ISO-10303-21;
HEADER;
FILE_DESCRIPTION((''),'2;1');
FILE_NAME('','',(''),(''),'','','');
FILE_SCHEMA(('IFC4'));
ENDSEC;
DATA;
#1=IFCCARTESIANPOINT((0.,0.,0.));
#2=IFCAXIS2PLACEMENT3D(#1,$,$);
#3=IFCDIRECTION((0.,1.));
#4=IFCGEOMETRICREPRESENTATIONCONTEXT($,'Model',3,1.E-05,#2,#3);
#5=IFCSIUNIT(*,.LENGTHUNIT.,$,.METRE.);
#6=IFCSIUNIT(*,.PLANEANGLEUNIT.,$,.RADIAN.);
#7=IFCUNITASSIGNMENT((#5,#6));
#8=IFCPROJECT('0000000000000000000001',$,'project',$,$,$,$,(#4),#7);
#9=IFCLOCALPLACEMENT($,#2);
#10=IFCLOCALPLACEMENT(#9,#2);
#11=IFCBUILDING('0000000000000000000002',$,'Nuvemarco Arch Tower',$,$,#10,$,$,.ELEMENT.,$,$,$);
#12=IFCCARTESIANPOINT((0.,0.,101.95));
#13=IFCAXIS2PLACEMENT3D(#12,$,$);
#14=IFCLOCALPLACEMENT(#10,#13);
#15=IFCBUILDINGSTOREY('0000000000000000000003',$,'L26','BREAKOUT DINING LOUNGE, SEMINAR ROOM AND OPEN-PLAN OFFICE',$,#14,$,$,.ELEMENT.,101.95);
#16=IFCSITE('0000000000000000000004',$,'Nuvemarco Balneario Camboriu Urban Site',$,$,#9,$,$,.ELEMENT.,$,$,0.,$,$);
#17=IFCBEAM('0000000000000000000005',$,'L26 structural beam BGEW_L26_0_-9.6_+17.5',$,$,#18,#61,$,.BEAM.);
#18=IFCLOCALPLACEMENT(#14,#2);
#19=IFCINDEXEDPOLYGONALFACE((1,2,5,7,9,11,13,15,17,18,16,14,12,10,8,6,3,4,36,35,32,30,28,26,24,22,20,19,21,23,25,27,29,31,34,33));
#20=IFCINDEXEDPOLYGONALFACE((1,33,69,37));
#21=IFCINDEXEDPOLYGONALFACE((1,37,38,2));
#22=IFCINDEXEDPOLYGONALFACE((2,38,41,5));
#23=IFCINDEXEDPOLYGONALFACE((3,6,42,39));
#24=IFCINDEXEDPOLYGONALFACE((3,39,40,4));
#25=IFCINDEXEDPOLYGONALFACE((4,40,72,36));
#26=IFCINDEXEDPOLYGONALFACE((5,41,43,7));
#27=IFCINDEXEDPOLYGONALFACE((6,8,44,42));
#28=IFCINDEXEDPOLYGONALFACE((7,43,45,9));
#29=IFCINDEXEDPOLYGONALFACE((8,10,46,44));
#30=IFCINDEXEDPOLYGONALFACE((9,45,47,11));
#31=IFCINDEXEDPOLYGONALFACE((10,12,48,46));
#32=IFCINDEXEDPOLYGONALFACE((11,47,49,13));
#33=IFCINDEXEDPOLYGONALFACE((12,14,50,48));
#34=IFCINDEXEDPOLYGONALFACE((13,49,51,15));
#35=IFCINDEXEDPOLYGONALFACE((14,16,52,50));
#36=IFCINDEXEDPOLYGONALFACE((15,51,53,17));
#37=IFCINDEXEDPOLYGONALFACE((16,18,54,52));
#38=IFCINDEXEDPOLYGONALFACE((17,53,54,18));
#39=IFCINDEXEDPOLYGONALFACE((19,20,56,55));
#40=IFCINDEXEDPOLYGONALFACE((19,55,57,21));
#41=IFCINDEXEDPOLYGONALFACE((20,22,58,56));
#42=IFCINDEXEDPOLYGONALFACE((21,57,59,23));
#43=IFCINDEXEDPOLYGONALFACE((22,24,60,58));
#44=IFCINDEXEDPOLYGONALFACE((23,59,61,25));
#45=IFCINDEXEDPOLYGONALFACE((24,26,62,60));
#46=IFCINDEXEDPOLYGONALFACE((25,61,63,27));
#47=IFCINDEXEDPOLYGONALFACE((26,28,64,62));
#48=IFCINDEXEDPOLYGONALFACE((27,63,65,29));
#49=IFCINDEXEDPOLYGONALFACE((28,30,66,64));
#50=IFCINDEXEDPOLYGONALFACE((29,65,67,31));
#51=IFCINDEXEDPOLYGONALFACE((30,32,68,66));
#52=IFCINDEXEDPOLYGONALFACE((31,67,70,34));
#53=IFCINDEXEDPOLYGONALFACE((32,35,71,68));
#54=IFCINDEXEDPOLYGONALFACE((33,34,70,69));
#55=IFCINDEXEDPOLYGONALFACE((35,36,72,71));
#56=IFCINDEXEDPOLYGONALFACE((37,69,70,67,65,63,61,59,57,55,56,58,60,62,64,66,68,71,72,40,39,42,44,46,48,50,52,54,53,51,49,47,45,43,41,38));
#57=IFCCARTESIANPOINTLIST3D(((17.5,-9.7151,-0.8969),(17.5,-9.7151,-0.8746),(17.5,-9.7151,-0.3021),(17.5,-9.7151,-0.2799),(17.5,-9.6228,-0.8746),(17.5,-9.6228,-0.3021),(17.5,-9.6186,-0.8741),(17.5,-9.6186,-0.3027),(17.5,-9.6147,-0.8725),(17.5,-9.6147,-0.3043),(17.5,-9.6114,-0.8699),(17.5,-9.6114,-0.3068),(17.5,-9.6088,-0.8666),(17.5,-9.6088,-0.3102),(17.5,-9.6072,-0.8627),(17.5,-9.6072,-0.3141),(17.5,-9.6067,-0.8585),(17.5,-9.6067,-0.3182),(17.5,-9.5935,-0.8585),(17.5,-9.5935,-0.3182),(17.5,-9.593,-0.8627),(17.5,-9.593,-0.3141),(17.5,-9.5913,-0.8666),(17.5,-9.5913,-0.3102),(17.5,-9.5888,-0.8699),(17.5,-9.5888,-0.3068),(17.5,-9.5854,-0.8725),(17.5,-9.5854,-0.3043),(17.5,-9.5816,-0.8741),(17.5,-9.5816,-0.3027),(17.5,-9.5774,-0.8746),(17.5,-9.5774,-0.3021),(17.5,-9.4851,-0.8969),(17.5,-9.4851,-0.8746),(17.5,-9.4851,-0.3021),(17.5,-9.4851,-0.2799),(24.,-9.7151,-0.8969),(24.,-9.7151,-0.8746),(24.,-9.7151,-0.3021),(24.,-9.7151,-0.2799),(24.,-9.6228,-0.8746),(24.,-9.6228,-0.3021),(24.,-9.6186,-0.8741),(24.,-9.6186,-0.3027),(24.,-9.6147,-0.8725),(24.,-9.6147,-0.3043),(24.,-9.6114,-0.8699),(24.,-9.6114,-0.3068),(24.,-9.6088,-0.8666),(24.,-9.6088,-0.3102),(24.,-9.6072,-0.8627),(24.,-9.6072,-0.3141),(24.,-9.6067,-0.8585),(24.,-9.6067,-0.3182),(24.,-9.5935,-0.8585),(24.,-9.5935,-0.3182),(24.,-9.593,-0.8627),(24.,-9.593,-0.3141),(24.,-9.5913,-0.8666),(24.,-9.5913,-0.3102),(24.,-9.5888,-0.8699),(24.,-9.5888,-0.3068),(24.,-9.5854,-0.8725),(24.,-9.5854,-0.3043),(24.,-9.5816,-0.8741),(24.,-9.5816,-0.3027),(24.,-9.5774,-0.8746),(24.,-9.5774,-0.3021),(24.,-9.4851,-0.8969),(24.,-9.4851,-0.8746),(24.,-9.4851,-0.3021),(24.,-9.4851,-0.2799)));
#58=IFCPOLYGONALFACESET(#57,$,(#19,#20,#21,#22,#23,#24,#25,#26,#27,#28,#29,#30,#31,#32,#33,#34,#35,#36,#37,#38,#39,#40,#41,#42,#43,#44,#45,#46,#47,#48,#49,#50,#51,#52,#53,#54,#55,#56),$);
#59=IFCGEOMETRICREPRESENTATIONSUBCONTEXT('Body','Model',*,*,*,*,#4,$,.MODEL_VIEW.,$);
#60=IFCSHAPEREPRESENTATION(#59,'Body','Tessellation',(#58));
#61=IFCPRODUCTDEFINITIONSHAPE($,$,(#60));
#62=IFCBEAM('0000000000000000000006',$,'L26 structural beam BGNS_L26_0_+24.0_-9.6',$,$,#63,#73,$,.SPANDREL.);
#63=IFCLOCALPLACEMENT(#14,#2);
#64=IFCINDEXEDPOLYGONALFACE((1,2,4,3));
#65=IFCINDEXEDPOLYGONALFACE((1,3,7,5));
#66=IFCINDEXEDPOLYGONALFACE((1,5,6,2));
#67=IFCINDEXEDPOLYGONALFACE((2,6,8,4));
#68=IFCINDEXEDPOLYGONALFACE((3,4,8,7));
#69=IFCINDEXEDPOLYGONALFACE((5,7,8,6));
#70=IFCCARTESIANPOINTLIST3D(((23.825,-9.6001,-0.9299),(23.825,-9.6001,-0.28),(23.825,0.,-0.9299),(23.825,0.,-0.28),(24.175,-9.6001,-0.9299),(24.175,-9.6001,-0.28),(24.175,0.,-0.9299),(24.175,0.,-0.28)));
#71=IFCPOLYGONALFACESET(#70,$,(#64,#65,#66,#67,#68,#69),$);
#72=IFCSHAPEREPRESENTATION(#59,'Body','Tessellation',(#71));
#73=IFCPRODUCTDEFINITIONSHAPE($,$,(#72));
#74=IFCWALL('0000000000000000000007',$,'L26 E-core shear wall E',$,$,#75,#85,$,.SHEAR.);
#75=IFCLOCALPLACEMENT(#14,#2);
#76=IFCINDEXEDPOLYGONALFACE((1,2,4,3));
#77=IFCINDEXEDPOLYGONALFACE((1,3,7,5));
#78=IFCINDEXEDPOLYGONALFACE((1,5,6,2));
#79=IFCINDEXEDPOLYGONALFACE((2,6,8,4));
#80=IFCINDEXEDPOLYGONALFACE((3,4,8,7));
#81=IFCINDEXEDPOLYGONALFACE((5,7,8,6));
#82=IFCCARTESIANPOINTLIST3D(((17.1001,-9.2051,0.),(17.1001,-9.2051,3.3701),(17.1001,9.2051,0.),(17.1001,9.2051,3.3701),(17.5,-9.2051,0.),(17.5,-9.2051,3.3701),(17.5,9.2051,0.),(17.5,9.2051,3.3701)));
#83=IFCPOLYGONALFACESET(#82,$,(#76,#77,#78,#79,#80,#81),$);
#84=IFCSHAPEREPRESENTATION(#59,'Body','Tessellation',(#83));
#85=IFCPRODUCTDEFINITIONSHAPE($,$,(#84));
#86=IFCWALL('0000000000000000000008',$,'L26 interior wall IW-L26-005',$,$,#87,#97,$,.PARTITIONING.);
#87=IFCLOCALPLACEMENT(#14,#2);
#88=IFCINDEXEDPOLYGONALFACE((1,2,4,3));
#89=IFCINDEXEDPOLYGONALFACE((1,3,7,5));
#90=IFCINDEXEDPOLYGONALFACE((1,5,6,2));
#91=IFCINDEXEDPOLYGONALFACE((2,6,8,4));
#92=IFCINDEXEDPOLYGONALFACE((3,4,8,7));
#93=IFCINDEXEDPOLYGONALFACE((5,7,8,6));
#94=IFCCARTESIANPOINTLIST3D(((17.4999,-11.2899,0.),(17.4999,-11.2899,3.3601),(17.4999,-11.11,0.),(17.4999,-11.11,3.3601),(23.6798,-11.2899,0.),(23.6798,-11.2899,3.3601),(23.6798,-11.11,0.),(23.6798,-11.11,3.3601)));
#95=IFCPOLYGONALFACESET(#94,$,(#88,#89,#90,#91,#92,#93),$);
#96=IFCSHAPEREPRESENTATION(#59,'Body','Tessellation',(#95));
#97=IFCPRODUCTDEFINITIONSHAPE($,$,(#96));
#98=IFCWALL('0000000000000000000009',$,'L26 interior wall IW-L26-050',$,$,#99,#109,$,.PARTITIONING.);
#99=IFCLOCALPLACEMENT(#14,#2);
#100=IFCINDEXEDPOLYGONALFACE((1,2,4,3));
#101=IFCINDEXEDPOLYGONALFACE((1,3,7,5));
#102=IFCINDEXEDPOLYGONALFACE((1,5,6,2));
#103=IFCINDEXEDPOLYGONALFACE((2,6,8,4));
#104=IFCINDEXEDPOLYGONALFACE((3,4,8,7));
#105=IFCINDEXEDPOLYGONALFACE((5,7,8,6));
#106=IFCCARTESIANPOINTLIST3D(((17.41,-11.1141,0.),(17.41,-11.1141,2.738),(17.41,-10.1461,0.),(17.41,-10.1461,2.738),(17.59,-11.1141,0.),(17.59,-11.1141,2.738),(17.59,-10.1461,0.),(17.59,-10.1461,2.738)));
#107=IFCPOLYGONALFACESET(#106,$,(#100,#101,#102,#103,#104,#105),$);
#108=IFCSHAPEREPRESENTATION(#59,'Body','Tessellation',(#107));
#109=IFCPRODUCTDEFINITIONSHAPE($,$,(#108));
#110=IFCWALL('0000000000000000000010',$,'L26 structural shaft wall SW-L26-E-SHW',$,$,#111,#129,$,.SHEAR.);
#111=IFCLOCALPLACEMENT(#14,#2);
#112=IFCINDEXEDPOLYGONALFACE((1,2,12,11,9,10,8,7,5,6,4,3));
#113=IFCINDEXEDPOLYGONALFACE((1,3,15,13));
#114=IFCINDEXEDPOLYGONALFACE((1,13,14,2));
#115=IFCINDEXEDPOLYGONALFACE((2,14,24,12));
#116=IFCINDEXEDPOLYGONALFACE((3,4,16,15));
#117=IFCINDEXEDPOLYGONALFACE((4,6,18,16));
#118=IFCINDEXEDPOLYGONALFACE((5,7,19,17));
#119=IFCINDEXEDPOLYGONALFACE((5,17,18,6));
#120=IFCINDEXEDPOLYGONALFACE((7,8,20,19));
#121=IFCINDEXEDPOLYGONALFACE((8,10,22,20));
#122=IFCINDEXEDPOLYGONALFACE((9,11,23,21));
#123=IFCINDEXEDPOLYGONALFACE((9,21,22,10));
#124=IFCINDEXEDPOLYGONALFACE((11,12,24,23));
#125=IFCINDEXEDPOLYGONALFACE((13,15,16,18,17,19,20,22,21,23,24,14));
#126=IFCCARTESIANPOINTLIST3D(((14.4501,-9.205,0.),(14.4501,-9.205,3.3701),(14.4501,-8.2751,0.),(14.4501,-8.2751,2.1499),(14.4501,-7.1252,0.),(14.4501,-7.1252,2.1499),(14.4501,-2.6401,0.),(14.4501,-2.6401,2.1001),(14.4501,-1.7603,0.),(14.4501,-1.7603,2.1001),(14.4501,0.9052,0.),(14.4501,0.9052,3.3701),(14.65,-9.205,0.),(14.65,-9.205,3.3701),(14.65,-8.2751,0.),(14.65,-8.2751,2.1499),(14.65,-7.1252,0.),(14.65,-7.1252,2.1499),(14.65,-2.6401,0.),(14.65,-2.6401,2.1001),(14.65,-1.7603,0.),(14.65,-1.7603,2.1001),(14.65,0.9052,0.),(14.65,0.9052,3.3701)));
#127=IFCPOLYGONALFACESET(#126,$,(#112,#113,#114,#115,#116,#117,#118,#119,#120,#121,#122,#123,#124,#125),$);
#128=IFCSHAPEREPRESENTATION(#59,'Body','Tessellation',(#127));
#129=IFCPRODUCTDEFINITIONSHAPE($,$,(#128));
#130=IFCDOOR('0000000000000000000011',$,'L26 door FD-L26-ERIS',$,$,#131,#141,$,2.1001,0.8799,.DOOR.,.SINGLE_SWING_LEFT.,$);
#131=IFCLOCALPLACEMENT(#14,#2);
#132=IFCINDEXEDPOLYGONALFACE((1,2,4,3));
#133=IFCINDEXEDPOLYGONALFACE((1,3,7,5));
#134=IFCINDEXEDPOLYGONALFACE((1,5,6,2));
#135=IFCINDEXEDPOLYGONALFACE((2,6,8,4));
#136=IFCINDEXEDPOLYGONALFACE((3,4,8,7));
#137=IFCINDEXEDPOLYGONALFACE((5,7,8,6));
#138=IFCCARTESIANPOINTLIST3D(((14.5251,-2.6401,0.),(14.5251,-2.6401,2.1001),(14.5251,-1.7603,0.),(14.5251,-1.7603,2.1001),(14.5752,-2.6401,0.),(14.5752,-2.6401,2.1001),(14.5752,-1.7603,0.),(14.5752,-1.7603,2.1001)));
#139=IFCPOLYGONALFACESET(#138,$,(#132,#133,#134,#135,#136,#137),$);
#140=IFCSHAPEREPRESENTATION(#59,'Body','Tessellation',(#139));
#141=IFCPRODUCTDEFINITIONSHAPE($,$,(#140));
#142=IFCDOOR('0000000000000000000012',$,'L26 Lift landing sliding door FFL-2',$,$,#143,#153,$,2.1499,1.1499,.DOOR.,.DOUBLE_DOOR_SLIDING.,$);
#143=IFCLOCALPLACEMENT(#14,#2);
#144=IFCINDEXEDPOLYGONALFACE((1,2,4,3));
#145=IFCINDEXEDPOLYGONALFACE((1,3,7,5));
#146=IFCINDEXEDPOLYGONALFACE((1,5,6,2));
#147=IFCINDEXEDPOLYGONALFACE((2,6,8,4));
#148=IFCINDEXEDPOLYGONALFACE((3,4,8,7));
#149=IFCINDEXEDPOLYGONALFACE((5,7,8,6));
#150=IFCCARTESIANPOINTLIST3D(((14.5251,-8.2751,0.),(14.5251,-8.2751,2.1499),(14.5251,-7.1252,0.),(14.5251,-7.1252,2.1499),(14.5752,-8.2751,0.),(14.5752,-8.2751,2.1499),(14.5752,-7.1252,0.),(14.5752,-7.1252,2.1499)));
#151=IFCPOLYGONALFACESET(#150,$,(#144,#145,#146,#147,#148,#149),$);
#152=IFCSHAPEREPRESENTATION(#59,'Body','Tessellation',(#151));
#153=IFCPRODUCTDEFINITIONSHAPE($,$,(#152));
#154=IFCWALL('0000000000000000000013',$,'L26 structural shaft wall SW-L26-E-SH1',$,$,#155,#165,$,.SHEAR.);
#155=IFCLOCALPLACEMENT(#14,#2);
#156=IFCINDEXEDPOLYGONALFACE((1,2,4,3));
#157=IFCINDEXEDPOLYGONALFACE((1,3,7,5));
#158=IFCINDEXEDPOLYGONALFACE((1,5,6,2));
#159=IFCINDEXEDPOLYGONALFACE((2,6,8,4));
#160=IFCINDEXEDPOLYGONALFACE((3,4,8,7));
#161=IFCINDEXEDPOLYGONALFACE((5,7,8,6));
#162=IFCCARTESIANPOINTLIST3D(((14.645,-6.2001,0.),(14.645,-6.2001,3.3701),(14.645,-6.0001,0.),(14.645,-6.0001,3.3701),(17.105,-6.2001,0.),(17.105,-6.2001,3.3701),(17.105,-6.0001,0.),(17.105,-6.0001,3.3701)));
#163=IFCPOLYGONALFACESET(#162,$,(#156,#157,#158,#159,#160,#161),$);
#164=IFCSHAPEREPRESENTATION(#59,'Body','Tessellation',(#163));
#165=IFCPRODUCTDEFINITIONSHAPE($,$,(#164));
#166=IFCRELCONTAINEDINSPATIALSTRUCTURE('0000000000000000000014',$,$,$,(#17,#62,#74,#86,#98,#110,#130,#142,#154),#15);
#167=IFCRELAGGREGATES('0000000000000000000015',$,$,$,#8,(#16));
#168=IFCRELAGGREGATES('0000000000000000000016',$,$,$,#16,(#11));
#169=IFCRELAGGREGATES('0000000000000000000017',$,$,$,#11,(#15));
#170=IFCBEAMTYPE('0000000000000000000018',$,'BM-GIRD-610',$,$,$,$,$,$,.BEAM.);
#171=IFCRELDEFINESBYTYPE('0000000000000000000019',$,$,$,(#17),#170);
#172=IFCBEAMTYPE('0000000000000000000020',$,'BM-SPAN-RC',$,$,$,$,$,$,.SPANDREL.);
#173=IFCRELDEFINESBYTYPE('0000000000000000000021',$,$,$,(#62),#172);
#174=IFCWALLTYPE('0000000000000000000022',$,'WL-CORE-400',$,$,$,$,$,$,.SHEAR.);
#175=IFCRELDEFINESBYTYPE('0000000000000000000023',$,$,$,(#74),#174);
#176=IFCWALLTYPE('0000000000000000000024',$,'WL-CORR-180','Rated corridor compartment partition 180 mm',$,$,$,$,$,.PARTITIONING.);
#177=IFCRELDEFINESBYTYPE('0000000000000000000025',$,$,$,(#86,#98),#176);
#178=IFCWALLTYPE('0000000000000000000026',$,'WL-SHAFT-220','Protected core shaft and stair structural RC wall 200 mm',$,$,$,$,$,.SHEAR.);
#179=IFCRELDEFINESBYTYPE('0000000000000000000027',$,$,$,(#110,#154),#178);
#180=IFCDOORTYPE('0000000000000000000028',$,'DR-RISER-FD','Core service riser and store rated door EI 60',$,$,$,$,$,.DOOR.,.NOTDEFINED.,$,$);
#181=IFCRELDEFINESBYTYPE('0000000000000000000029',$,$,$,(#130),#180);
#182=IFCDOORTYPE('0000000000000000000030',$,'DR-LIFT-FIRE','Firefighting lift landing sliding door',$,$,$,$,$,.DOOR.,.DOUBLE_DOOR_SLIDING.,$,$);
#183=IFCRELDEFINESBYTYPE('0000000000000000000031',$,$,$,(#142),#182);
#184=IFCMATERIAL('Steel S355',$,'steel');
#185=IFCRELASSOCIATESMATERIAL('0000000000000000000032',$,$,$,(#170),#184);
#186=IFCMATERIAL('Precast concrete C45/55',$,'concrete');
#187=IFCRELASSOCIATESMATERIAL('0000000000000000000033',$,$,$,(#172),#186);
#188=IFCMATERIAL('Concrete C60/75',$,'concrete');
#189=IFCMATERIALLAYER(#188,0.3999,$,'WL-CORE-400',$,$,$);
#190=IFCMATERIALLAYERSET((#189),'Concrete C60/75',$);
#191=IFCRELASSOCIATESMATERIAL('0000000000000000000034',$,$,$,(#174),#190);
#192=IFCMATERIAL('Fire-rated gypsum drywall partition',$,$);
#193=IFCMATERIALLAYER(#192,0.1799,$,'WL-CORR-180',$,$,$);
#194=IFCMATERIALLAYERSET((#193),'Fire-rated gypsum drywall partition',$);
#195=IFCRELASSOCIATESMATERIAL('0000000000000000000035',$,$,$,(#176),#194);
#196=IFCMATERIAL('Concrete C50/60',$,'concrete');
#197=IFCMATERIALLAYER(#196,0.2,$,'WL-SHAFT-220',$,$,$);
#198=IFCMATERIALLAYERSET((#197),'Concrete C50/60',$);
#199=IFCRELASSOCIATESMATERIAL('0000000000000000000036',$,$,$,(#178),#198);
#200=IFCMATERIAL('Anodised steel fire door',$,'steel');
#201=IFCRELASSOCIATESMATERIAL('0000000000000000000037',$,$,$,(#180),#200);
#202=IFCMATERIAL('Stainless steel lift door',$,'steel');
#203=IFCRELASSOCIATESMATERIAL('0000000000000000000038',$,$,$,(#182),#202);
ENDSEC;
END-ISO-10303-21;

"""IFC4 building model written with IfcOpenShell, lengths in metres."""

from ifc_helpers import new_model, si_unit, direction, frame, frame_2d, origin, origin_2d, place, context, subcontext, project, spatial, rectangle, i_section, extrude, source, transform, mapped, material, layer, layer_set, material_profile, profile_set, type_object, type_shapes, element, fill, save


model = new_model("IFC4")

# Units and contexts
model_context = context("Model", 3, precision=1e-05, world=origin(), true_north=direction((0.0, 1.0)))
body_context = subcontext(model_context, "Body", "Model", "MODEL_VIEW")
ifc_project = project(units=[si_unit("LENGTHUNIT", "METRE"), si_unit("PLANEANGLEUNIT", "RADIAN")], contexts=[model_context])

# Site, building, storey
site_placement = place(None, origin())
site = spatial("IfcSite", under=ifc_project, at=site_placement, Name="Nuvemarco Balneario Camboriu Urban Site", CompositionType="ELEMENT", RefElevation=0.0)
building_placement = place(site_placement, origin())
building = spatial("IfcBuilding", under=site, at=building_placement, Name="Nuvemarco Arch Tower", CompositionType="ELEMENT")
storey_placement = place(building_placement, frame((0.0, 0.0, 101.95)))
storey = spatial("IfcBuildingStorey", under=building, at=storey_placement, Name="L26", Description="BREAKOUT DINING LOUNGE, SEMINAR ROOM AND OPEN-PLAN OFFICE", CompositionType="ELEMENT", Elevation=101.95)

# Shared definitions
ifc_material_1 = material(Name="Concrete C60/75", Category="concrete")
ifc_material_2 = material(Name="Steel S355", Category="steel")

# Beams
ifc_material_profile_1 = material_profile(ifc_material_2, i_section(OverallWidth=0.23, OverallDepth=0.6169, WebThickness=0.0132, FlangeThickness=0.0222, FilletRadius=0.0161, at=origin_2d()), Name="W610x140")
ifc_profile_set_1 = profile_set([ifc_material_profile_1], Name="Steel S355")
beam_type_1 = type_object("IfcBeamType", Name="BM-GIRD-610", PredefinedType="BEAM", material=ifc_profile_set_1)
beam_1_placement = place(storey_placement, frame((17.5, -9.6001, -0.5884), z_axis=(1.0, 0.0, 0.0), x_axis=(0.0, 1.0, 0.0)))
element("IfcBeam", 1, at=beam_1_placement, inside=storey, type_object=beam_type_1, Name="L26 structural beam BGEW_L26_0_-9.6_+17.5", PredefinedType="BEAM", context=body_context, shape_type="SweptSolid", body=[
    extrude(i_section(OverallWidth=0.23, OverallDepth=0.6169, WebThickness=0.0132, FlangeThickness=0.0222, FilletRadius=0.0161, at=origin_2d()), origin(), (0.0, 0.0, 1.0), 6.5),
])
ifc_material_3 = material(Name="Precast concrete C45/55", Category="concrete")
ifc_material_profile_2 = material_profile(ifc_material_3, rectangle(XDim=0.3501, YDim=0.6499, at=origin_2d()), Name="PC-SP-350x650")
ifc_profile_set_2 = profile_set([ifc_material_profile_2], Name="Precast concrete C45/55")
beam_type_2 = type_object("IfcBeamType", Name="BM-SPAN-RC", PredefinedType="SPANDREL", material=ifc_profile_set_2)
beam_2_placement = place(storey_placement, frame((24.0, -9.6001, -0.605), z_axis=(0.0, 1.0, 0.0), x_axis=(-1.0, 0.0, 0.0)))
element("IfcBeam", 2, at=beam_2_placement, inside=storey, type_object=beam_type_2, Name="L26 structural beam BGNS_L26_0_+24.0_-9.6", PredefinedType="SPANDREL", context=body_context, shape_type="SweptSolid", body=[
    extrude(rectangle(XDim=0.3501, YDim=0.6499, at=origin_2d()), origin(), (0.0, 0.0, 1.0), 9.6001),
])

# Walls
ifc_layer_1 = layer(ifc_material_1, 0.3999, Name="WL-CORE-400")
ifc_layer_set_1 = layer_set([ifc_layer_1], Name="Concrete C60/75")
wall_type_1 = type_object("IfcWallType", Name="WL-CORE-400", PredefinedType="SHEAR", material=ifc_layer_set_1)
wall_1_placement = place(storey_placement, frame((17.3, -9.2051, 0.0), z_axis=(0.0, 0.0, 1.0), x_axis=(0.0, 1.0, 0.0)))
element("IfcWall", 3, at=wall_1_placement, inside=storey, type_object=wall_type_1, Name="L26 E-core shear wall E", PredefinedType="SHEAR", context=body_context, shape_type="SweptSolid", body=[
    extrude(rectangle(XDim=18.4102, YDim=0.3999, at=frame_2d((9.2051, 0.0))), origin(), (0.0, 0.0, 1.0), 3.3701),
])
ifc_material_4 = material(Name="Fire-rated gypsum drywall partition")
ifc_layer_2 = layer(ifc_material_4, 0.1799, Name="WL-CORR-180")
ifc_layer_set_2 = layer_set([ifc_layer_2], Name="Fire-rated gypsum drywall partition")
wall_type_2 = type_object("IfcWallType", Name="WL-CORR-180", Description="Rated corridor compartment partition 180 mm", PredefinedType="PARTITIONING", material=ifc_layer_set_2)
wall_2_placement = place(storey_placement, frame((17.5, -11.2, 0.0), z_axis=(0.0, 0.0, 1.0), x_axis=(1.0, 0.0, 0.0)))
element("IfcWall", 4, at=wall_2_placement, inside=storey, type_object=wall_type_2, Name="L26 interior wall IW-L26-005", PredefinedType="PARTITIONING", context=body_context, shape_type="SweptSolid", body=[
    extrude(rectangle(XDim=6.1799, YDim=0.1799, at=frame_2d((3.0898, 0.0))), origin(), (0.0, 0.0, 1.0), 3.3601),
])
wall_3_placement = place(storey_placement, frame((17.5, -11.114, 0.0), z_axis=(0.0, 0.0, 1.0), x_axis=(0.0, 1.0, 0.0)))
element("IfcWall", 5, at=wall_3_placement, inside=storey, type_object=wall_type_2, Name="L26 interior wall IW-L26-050", PredefinedType="PARTITIONING", context=body_context, shape_type="SweptSolid", body=[
    extrude(rectangle(XDim=0.968, YDim=0.1799, at=frame_2d((0.4839, 0.0))), origin(), (0.0, 0.0, 1.0), 2.738),
])

# Wall, openings, doors
ifc_material_5 = material(Name="Concrete C50/60", Category="concrete")
ifc_layer_3 = layer(ifc_material_5, 0.2, Name="WL-SHAFT-220")
ifc_layer_set_3 = layer_set([ifc_layer_3], Name="Concrete C50/60")
wall_type_3 = type_object("IfcWallType", Name="WL-SHAFT-220", Description="Protected core shaft and stair structural RC wall 200 mm", PredefinedType="SHEAR", material=ifc_layer_set_3)
wall_4_placement = place(storey_placement, frame((14.55, -9.2051, 0.0), z_axis=(0.0, 0.0, 1.0), x_axis=(0.0, 1.0, 0.0)))
wall_4 = element("IfcWall", 6, at=wall_4_placement, inside=storey, type_object=wall_type_3, Name="L26 structural shaft wall SW-L26-E-SHW", PredefinedType="SHEAR", context=body_context, shape_type="SweptSolid", body=[
    extrude(rectangle(XDim=10.1101, YDim=0.2, at=frame_2d((5.0552, 0.0))), origin(), (0.0, 0.0, 1.0), 3.3701),
])
opening_1_placement = place(wall_4_placement, frame((6.5649, 0.0, 0.0)))
opening_1 = element("IfcOpeningElement", 7, at=opening_1_placement, cuts=wall_4, PredefinedType="OPENING", context=body_context, shape_type="SweptSolid", body=[
    extrude(rectangle(XDim=0.8799, YDim=2.1001, at=frame_2d((0.4399, 1.05))), frame((0.0, 0.1099, 0.0), z_axis=(0.0, -1.0, 0.0), x_axis=(1.0, 0.0, 0.0)), (0.0, 0.0, 1.0), 0.22),
])
opening_2_placement = place(wall_4_placement, frame((0.9299, 0.0, 0.0)))
opening_2 = element("IfcOpeningElement", 8, at=opening_2_placement, cuts=wall_4, PredefinedType="OPENING", context=body_context, shape_type="SweptSolid", body=[
    extrude(rectangle(XDim=1.1499, YDim=2.1499, at=frame_2d((0.575, 1.075))), frame((0.0, 0.1099, 0.0), z_axis=(0.0, -1.0, 0.0), x_axis=(1.0, 0.0, 0.0)), (0.0, 0.0, 1.0), 0.22),
])
ifc_material_6 = material(Name="Anodised steel fire door", Category="steel")
door_type_1 = type_object("IfcDoorType", Name="DR-RISER-FD", Description="Core service riser and store rated door EI 60", OperationType="NOTDEFINED", PredefinedType="DOOR", material=ifc_material_6)
shared_shape_1 = source(origin(), body_context, "Body", "SweptSolid", [
    extrude(rectangle(XDim=0.8799, YDim=2.1001, at=frame_2d((0.4399, 1.05))), frame((0.0, 0.0249, 0.0), z_axis=(0.0, -1.0, 0.0), x_axis=(1.0, 0.0, 0.0)), (0.0, 0.0, 1.0), 0.05),
])
type_shapes(door_type_1, [shared_shape_1])
door_1_placement = place(opening_1_placement, origin())
door_1 = element("IfcDoor", 9, at=door_1_placement, inside=storey, type_object=door_type_1, Name="L26 door FD-L26-ERIS", OperationType="SINGLE_SWING_LEFT", OverallHeight=2.1001, OverallWidth=0.8799, PredefinedType="DOOR", context=body_context, shape_type="MappedRepresentation", body=[
    mapped(shared_shape_1, transform((0.0, 0.0, 0.0), scale=1.0)),
])
fill(opening_1, door_1)
ifc_material_7 = material(Name="Stainless steel lift door", Category="steel")
door_type_2 = type_object("IfcDoorType", Name="DR-LIFT-FIRE", Description="Firefighting lift landing sliding door", OperationType="DOUBLE_DOOR_SLIDING", PredefinedType="DOOR", material=ifc_material_7)
shared_shape_2 = source(origin(), body_context, "Body", "SweptSolid", [
    extrude(rectangle(XDim=1.1499, YDim=2.1499, at=frame_2d((0.575, 1.075))), frame((0.0, 0.0249, 0.0), z_axis=(0.0, -1.0, 0.0), x_axis=(1.0, 0.0, 0.0)), (0.0, 0.0, 1.0), 0.05),
])
type_shapes(door_type_2, [shared_shape_2])
door_2_placement = place(opening_2_placement, origin())
door_2 = element("IfcDoor", 10, at=door_2_placement, inside=storey, type_object=door_type_2, Name="L26 Lift landing sliding door FFL-2", OperationType="DOUBLE_DOOR_SLIDING", OverallHeight=2.1499, OverallWidth=1.1499, PredefinedType="DOOR", context=body_context, shape_type="MappedRepresentation", body=[
    mapped(shared_shape_2, transform((0.0, 0.0, 0.0), scale=1.0)),
])
fill(opening_2, door_2)

# Wall
wall_5_placement = place(storey_placement, frame((14.645, -6.1001, 0.0), z_axis=(0.0, 0.0, 1.0), x_axis=(1.0, 0.0, 0.0)))
element("IfcWall", 11, at=wall_5_placement, inside=storey, type_object=wall_type_3, Name="L26 structural shaft wall SW-L26-E-SH1", PredefinedType="SHEAR", context=body_context, shape_type="SweptSolid", body=[
    extrude(rectangle(XDim=2.46, YDim=0.2, at=frame_2d((1.23, 0.0))), origin(), (0.0, 0.0, 1.0), 3.3701),
])

save(model, "model.ifc")
